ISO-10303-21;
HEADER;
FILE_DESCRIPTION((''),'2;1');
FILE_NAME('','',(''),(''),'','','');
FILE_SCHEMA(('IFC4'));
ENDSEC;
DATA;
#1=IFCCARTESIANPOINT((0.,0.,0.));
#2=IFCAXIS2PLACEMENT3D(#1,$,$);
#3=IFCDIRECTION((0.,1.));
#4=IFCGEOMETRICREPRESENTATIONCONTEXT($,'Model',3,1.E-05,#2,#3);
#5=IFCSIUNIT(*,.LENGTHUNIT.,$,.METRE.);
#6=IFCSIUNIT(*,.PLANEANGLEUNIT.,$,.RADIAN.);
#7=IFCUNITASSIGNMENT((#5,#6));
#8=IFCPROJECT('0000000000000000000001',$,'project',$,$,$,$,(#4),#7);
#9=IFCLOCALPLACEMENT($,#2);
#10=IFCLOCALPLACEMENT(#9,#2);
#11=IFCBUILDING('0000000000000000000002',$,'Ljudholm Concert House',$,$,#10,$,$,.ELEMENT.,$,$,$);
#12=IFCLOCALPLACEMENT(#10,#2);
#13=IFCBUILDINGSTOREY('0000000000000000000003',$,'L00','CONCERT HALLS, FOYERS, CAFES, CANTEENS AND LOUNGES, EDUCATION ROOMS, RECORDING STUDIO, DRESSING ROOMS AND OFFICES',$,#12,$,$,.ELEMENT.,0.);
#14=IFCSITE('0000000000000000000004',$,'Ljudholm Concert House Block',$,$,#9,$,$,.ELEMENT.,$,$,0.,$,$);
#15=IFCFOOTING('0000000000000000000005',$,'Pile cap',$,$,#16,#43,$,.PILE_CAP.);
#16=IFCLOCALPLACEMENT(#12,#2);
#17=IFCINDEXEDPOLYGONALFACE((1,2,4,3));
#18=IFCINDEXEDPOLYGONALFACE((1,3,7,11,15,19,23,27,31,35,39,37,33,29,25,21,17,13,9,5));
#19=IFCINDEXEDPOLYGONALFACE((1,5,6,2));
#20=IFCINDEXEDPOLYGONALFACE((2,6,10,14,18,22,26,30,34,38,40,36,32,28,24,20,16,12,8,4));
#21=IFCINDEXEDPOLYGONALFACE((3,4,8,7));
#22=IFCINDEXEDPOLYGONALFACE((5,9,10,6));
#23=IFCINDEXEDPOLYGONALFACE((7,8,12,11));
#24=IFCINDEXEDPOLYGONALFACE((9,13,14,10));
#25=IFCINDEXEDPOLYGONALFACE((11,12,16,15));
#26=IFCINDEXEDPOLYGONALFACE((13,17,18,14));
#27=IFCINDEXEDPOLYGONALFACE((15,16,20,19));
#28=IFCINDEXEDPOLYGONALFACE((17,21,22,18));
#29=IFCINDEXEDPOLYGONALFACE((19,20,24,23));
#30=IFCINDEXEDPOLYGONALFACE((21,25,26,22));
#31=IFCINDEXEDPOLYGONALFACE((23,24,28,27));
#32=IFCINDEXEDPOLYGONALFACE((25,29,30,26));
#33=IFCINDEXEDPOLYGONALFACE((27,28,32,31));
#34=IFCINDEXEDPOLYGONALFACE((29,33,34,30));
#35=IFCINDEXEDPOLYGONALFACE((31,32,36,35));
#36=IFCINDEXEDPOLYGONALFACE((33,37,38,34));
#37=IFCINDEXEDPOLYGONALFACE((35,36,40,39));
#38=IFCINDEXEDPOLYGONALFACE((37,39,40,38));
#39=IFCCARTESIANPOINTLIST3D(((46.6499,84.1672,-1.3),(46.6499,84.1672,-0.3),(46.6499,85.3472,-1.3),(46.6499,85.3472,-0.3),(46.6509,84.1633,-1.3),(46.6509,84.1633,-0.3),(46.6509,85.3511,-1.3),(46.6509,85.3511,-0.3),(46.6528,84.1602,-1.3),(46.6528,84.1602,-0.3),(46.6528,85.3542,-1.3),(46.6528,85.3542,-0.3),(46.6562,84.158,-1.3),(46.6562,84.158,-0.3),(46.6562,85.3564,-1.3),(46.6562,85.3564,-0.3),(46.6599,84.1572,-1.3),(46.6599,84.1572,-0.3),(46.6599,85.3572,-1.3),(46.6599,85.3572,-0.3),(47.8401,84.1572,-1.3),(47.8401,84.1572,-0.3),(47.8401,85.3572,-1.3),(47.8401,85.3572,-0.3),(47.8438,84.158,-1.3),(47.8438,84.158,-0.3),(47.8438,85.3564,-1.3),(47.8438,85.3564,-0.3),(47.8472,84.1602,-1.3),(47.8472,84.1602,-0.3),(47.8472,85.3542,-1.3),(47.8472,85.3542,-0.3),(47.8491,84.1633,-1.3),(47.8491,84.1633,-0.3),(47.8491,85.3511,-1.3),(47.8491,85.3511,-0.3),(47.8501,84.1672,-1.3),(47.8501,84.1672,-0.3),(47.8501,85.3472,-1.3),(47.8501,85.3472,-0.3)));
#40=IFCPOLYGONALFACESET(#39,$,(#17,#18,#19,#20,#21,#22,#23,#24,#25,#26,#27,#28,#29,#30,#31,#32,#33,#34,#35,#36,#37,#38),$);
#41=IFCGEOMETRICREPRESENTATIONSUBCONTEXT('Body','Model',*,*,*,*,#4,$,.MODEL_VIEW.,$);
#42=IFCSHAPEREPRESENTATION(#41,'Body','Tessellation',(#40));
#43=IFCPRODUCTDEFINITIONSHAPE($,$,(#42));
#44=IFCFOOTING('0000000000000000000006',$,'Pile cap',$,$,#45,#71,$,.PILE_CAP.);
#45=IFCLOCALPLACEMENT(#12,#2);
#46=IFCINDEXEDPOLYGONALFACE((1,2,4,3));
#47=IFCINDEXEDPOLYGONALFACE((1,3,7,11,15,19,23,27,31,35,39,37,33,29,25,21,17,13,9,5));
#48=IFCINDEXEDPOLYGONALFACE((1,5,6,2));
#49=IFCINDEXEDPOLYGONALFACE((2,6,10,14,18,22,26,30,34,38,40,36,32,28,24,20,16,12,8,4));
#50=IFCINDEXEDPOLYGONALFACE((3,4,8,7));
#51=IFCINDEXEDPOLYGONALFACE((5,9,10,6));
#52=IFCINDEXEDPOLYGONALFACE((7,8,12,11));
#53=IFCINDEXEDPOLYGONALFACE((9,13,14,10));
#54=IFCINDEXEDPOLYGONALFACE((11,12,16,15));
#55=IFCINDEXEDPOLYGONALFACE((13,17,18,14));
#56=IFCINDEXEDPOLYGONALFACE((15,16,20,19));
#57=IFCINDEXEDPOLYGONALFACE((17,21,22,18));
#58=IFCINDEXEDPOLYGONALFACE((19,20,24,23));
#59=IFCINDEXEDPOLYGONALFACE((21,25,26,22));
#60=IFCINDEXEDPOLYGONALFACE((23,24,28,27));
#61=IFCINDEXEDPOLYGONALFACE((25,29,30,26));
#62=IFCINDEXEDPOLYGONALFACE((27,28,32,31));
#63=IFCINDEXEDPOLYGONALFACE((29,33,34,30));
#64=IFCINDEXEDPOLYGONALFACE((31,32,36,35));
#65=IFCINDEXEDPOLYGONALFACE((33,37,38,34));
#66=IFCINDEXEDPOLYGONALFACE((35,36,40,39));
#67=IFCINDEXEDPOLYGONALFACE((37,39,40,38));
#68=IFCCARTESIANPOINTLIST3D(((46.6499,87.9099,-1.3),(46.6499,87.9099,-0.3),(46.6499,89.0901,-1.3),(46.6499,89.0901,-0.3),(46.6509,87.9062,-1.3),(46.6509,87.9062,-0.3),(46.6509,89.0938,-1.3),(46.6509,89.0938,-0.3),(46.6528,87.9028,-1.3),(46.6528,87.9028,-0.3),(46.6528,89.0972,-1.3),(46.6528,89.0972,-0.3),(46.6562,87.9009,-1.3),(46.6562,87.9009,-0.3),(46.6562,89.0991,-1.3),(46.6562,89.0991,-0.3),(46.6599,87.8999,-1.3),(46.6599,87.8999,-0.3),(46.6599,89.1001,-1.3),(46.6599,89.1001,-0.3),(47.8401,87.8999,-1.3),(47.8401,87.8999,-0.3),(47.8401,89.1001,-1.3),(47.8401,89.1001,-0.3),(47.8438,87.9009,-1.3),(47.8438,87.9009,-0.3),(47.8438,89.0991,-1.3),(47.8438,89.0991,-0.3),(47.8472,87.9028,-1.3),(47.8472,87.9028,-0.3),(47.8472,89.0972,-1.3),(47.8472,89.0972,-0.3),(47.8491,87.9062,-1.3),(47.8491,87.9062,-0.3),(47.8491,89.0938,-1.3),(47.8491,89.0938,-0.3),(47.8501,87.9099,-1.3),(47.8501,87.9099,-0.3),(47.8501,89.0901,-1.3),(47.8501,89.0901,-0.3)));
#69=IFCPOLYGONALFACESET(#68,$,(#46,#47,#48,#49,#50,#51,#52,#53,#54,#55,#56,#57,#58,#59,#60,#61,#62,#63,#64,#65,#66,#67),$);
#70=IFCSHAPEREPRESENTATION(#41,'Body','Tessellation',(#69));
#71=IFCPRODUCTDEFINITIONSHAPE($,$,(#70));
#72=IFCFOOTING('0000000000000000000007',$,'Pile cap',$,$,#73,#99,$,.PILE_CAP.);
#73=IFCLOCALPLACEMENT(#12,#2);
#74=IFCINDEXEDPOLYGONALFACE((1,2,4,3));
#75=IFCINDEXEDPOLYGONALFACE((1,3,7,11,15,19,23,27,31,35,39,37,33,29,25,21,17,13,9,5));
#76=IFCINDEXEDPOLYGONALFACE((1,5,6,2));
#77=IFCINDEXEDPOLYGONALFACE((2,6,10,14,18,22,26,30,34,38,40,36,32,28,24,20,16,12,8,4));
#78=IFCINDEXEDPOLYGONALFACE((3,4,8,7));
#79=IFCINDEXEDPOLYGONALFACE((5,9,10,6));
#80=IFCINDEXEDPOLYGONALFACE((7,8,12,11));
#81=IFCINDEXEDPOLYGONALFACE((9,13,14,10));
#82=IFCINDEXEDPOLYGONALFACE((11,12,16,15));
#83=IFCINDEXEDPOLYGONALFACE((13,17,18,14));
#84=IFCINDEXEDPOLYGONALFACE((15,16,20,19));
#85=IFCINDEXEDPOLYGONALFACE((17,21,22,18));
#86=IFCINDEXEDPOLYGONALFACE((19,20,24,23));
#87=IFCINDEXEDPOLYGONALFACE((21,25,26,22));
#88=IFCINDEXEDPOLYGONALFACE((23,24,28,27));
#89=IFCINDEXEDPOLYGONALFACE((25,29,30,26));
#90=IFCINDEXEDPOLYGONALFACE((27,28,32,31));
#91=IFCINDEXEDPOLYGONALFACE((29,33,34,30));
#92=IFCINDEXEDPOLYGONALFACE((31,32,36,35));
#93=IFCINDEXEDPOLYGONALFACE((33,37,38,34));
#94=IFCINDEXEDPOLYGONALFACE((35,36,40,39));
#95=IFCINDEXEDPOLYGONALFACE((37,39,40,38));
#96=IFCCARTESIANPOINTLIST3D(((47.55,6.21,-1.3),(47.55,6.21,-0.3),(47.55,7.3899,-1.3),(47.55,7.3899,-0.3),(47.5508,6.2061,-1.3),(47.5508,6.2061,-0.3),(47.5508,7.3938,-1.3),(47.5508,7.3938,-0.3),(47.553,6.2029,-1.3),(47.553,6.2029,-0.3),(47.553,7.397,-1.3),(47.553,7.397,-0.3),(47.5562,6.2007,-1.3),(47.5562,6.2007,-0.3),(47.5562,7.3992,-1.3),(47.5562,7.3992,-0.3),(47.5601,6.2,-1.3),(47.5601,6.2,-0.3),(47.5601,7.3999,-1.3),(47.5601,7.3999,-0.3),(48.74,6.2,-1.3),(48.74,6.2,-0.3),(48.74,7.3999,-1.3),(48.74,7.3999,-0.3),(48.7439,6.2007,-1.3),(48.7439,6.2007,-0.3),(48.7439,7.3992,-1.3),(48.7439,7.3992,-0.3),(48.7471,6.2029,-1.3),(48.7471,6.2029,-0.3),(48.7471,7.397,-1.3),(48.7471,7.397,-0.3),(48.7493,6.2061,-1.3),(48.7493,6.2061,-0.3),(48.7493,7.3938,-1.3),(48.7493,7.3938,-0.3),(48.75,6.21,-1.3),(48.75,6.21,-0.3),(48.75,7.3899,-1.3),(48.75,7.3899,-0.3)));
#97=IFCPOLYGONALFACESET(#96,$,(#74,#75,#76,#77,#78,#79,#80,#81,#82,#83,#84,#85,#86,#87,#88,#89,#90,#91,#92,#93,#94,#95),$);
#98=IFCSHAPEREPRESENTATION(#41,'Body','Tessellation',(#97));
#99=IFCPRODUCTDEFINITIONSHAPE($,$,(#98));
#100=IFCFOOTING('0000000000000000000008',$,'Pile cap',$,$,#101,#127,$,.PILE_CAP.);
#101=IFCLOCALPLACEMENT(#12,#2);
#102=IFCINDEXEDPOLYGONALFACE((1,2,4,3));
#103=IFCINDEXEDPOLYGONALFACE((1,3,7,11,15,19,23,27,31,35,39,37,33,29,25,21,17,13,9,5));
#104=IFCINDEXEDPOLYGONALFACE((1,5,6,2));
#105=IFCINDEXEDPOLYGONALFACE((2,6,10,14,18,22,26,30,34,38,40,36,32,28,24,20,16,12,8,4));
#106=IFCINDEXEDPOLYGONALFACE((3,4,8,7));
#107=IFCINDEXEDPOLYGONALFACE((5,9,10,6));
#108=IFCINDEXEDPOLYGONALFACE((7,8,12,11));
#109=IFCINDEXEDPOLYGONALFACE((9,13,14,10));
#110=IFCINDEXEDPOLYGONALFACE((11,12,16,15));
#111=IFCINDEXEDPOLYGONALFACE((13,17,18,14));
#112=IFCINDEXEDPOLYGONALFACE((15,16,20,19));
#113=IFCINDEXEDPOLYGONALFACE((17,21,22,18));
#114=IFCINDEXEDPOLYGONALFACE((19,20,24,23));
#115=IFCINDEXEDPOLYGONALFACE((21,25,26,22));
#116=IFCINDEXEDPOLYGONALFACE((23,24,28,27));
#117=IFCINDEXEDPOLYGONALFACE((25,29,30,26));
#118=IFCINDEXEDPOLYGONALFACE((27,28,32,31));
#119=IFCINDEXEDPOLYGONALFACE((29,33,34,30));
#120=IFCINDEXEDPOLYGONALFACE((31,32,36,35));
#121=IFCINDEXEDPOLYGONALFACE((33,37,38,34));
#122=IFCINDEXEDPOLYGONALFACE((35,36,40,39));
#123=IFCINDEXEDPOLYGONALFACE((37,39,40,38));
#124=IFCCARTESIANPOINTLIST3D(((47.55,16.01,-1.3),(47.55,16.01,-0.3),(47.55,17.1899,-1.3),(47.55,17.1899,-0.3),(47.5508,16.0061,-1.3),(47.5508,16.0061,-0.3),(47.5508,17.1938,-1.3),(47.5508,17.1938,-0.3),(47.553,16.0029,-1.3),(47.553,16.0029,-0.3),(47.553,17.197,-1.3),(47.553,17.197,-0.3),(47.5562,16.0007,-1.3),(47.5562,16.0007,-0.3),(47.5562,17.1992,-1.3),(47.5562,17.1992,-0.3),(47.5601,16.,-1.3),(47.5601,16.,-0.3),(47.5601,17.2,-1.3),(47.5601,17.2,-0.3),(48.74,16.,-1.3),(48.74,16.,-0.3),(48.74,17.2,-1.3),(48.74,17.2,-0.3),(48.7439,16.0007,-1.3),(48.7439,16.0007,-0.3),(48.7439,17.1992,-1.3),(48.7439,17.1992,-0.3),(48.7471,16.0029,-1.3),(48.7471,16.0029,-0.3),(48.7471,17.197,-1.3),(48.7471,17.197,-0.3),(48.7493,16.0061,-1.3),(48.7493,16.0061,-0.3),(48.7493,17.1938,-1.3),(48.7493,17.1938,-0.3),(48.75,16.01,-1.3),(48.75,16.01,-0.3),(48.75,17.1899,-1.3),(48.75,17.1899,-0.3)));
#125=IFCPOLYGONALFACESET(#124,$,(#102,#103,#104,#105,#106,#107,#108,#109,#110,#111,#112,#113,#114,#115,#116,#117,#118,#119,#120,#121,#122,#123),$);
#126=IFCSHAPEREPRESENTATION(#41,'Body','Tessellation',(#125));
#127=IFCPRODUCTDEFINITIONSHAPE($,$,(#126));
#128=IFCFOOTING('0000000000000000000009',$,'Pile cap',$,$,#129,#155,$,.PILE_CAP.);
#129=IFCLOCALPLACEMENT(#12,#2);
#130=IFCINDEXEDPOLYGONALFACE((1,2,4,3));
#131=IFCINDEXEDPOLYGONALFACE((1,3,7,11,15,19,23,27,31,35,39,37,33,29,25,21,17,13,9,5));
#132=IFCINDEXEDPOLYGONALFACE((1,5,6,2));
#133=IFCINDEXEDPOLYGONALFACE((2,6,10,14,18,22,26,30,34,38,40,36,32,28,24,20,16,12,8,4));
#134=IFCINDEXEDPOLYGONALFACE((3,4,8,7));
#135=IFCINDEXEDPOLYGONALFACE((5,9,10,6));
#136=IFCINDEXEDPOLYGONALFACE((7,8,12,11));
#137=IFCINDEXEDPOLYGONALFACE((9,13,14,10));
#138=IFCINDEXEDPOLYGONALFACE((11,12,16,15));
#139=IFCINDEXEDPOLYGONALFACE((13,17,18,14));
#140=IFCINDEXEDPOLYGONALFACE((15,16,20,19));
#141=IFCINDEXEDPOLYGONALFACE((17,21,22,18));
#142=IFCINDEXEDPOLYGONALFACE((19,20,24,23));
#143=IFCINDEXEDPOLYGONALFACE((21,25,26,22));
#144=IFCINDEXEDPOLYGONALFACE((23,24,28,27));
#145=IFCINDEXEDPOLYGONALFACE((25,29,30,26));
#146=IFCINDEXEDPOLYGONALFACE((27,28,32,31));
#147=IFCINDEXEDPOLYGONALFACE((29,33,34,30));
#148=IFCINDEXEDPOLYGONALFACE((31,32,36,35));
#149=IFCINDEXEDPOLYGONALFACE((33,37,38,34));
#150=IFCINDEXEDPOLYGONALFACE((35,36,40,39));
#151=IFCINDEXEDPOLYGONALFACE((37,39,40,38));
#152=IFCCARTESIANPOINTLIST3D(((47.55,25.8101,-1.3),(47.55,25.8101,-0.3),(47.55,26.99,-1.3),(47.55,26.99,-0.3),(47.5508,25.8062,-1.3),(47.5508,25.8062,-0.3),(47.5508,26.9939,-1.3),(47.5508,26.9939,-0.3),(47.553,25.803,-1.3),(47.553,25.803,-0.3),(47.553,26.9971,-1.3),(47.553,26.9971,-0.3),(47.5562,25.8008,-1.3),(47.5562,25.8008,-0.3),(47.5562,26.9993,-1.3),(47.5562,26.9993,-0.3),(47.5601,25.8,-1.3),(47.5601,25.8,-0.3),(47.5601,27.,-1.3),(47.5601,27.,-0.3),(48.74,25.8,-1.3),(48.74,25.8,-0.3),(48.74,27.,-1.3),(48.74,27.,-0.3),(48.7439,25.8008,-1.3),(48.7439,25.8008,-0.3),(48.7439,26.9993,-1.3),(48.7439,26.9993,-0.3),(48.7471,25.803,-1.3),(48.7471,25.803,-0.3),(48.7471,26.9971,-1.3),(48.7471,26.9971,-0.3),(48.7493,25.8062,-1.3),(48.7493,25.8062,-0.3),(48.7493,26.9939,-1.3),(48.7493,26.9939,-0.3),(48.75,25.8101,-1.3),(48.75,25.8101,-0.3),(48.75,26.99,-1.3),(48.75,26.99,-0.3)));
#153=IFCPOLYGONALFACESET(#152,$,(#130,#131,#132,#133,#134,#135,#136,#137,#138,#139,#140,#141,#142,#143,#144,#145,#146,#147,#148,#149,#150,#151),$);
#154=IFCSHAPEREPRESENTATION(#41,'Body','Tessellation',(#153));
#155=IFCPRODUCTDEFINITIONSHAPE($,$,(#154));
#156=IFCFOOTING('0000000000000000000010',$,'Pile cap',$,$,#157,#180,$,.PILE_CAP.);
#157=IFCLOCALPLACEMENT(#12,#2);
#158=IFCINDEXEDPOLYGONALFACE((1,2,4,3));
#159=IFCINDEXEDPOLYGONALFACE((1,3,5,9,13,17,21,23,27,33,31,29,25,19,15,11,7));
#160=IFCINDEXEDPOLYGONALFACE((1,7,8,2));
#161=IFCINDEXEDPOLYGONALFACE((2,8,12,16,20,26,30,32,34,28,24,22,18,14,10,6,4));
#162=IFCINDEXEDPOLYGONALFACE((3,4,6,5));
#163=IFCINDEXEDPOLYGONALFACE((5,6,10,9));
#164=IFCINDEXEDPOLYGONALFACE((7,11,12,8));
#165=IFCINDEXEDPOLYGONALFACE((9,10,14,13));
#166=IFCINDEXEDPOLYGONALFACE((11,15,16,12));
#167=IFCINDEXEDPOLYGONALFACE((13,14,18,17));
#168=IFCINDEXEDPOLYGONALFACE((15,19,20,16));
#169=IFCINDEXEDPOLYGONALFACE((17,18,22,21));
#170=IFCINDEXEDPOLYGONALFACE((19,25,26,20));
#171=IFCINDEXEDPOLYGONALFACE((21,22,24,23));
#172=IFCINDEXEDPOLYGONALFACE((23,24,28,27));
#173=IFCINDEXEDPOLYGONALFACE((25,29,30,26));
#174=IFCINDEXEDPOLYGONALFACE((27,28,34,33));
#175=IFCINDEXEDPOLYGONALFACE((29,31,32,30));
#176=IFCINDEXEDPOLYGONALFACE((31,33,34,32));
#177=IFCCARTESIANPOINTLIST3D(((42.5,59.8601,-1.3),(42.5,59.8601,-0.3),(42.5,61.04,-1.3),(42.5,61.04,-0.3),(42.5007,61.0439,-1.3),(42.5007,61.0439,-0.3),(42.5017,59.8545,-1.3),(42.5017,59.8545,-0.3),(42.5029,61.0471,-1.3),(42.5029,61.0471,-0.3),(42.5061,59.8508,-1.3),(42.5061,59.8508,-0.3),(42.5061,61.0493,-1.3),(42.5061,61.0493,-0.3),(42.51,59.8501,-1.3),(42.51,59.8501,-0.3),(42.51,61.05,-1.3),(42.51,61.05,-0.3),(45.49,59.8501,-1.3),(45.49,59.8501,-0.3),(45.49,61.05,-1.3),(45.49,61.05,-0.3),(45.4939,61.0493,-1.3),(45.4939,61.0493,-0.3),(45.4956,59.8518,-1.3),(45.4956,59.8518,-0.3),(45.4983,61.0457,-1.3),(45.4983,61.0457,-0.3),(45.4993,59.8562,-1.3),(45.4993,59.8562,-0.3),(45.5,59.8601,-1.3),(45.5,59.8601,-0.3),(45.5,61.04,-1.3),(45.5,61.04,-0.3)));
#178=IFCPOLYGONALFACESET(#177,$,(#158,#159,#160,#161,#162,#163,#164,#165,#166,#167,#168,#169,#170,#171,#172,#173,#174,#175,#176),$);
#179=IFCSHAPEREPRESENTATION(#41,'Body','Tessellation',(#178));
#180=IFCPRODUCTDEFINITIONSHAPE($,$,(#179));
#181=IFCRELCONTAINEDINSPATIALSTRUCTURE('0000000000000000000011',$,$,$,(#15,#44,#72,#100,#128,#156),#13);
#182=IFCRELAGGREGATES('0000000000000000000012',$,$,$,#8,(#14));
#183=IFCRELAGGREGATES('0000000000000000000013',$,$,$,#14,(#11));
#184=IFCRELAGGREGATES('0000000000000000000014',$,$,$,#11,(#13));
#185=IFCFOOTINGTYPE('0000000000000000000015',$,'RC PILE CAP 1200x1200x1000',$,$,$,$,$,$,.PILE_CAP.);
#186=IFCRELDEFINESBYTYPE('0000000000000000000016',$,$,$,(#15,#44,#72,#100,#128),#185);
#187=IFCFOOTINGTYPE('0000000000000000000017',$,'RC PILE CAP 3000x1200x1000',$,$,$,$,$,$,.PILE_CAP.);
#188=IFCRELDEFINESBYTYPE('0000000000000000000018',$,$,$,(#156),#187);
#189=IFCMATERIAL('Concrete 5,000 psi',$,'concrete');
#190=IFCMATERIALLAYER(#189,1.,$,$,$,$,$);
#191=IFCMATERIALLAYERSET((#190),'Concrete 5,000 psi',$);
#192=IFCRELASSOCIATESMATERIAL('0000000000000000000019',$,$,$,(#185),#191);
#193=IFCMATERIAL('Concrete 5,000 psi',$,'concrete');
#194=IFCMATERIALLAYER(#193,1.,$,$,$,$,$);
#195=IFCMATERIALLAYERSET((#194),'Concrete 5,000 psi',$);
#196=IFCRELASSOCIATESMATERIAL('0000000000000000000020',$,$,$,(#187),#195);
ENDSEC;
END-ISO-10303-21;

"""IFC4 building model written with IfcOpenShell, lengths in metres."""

from ifc_helpers import new_model, si_unit, direction, frame, origin, place, context, subcontext, project, spatial, polyline, outline, extrude, material, layer, layer_set, type_object, element, save


model = new_model("IFC4")

# Units and contexts
model_context = context("Model", 3, precision=1e-05, world=origin(), true_north=direction((0.0, 1.0)))
body_context = subcontext(model_context, "Body", "Model", "MODEL_VIEW")
ifc_project = project(units=[si_unit("LENGTHUNIT", "METRE"), si_unit("PLANEANGLEUNIT", "RADIAN")], contexts=[model_context])

# Site, building, storey
site_placement = place(None, origin())
site = spatial("IfcSite", under=ifc_project, at=site_placement, Name="Ljudholm Concert House Block", CompositionType="ELEMENT", RefElevation=0.0)
building_placement = place(site_placement, origin())
building = spatial("IfcBuilding", under=site, at=building_placement, Name="Ljudholm Concert House", CompositionType="ELEMENT")
storey_placement = place(building_placement, origin())
storey = spatial("IfcBuildingStorey", under=building, at=storey_placement, Name="L00", Description="CONCERT HALLS, FOYERS, CAFES, CANTEENS AND LOUNGES, EDUCATION ROOMS, RECORDING STUDIO, DRESSING ROOMS AND OFFICES", CompositionType="ELEMENT", Elevation=0.0)

# Footings
ifc_material_1 = material(Name="Concrete 5,000 psi", Category="concrete")
ifc_layer_1 = layer(ifc_material_1, 1.0)
ifc_layer_set_1 = layer_set([ifc_layer_1], Name="Concrete 5,000 psi")
footing_type_1 = type_object("IfcFootingType", Name="RC PILE CAP 1200x1200x1000", PredefinedType="PILE_CAP", material=ifc_layer_set_1)
footing_1_placement = place(storey_placement, frame((0.0, 0.0, -1.3)))
element("IfcFooting", 1, at=footing_1_placement, inside=storey, type_object=footing_type_1, Name="Pile cap", PredefinedType="PILE_CAP", context=body_context, shape_type="SweptSolid", body=[
    extrude(outline(polyline([(46.6599, 84.1572), (47.8401, 84.1572), (47.8438, 84.158), (47.8472, 84.1602), (47.8491, 84.1633), (47.8501, 84.1672), (47.8501, 85.3472), (47.8491, 85.3511), (47.8472, 85.3542), (47.8438, 85.3564), (47.8401, 85.3572), (46.6599, 85.3572), (46.6562, 85.3564), (46.6528, 85.3542), (46.6509, 85.3511), (46.6499, 85.3472), (46.6499, 84.1672), (46.6509, 84.1633), (46.6528, 84.1602), (46.6562, 84.158), (46.6599, 84.1572)])), origin(), (0.0, 0.0, 1.0), 1.0),
])
footing_2_placement = place(storey_placement, frame((0.0, 0.0, -1.3)))
element("IfcFooting", 2, at=footing_2_placement, inside=storey, type_object=footing_type_1, Name="Pile cap", PredefinedType="PILE_CAP", context=body_context, shape_type="SweptSolid", body=[
    extrude(outline(polyline([(46.6599, 87.8999), (47.8401, 87.8999), (47.8438, 87.9009), (47.8472, 87.9028), (47.8491, 87.9062), (47.8501, 87.9099), (47.8501, 89.0901), (47.8491, 89.0938), (47.8472, 89.0972), (47.8438, 89.0991), (47.8401, 89.1001), (46.6599, 89.1001), (46.6562, 89.0991), (46.6528, 89.0972), (46.6509, 89.0938), (46.6499, 89.0901), (46.6499, 87.9099), (46.6509, 87.9062), (46.6528, 87.9028), (46.6562, 87.9009), (46.6599, 87.8999)])), origin(), (0.0, 0.0, 1.0), 1.0),
])
footing_3_placement = place(storey_placement, frame((0.0, 0.0, -1.3)))
element("IfcFooting", 3, at=footing_3_placement, inside=storey, type_object=footing_type_1, Name="Pile cap", PredefinedType="PILE_CAP", context=body_context, shape_type="SweptSolid", body=[
    extrude(outline(polyline([(47.5601, 6.2), (48.74, 6.2), (48.7439, 6.2007), (48.7471, 6.2029), (48.7493, 6.2061), (48.75, 6.21), (48.75, 7.3899), (48.7493, 7.3938), (48.7471, 7.397), (48.7439, 7.3992), (48.74, 7.3999), (47.5601, 7.3999), (47.5562, 7.3992), (47.553, 7.397), (47.5508, 7.3938), (47.55, 7.3899), (47.55, 6.21), (47.5508, 6.2061), (47.553, 6.2029), (47.5562, 6.2007), (47.5601, 6.2)])), origin(), (0.0, 0.0, 1.0), 1.0),
])
footing_4_placement = place(storey_placement, frame((0.0, 0.0, -1.3)))
element("IfcFooting", 4, at=footing_4_placement, inside=storey, type_object=footing_type_1, Name="Pile cap", PredefinedType="PILE_CAP", context=body_context, shape_type="SweptSolid", body=[
    extrude(outline(polyline([(47.55, 17.1899), (47.55, 16.01), (47.5508, 16.0061), (47.553, 16.0029), (47.5562, 16.0007), (47.5601, 16.0), (48.74, 16.0), (48.7439, 16.0007), (48.7471, 16.0029), (48.7493, 16.0061), (48.75, 16.01), (48.75, 17.1899), (48.7493, 17.1938), (48.7471, 17.197), (48.7439, 17.1992), (48.74, 17.2), (47.5601, 17.2), (47.5562, 17.1992), (47.553, 17.197), (47.5508, 17.1938), (47.55, 17.1899)])), origin(), (0.0, 0.0, 1.0), 1.0),
])
footing_5_placement = place(storey_placement, frame((0.0, 0.0, -1.3)))
element("IfcFooting", 5, at=footing_5_placement, inside=storey, type_object=footing_type_1, Name="Pile cap", PredefinedType="PILE_CAP", context=body_context, shape_type="SweptSolid", body=[
    extrude(outline(polyline([(47.55, 26.99), (47.55, 25.8101), (47.5508, 25.8062), (47.553, 25.803), (47.5562, 25.8008), (47.5601, 25.8), (48.74, 25.8), (48.7439, 25.8008), (48.7471, 25.803), (48.7493, 25.8062), (48.75, 25.8101), (48.75, 26.99), (48.7493, 26.9939), (48.7471, 26.9971), (48.7439, 26.9993), (48.74, 27.0), (47.5601, 27.0), (47.5562, 26.9993), (47.553, 26.9971), (47.5508, 26.9939), (47.55, 26.99)])), origin(), (0.0, 0.0, 1.0), 1.0),
])
ifc_material_2 = material(Name="Concrete 5,000 psi", Category="concrete")
ifc_layer_2 = layer(ifc_material_2, 1.0)
ifc_layer_set_2 = layer_set([ifc_layer_2], Name="Concrete 5,000 psi")
footing_type_2 = type_object("IfcFootingType", Name="RC PILE CAP 3000x1200x1000", PredefinedType="PILE_CAP", material=ifc_layer_set_2)
footing_6_placement = place(storey_placement, frame((0.0, 0.0, -1.3)))
element("IfcFooting", 6, at=footing_6_placement, inside=storey, type_object=footing_type_2, Name="Pile cap", PredefinedType="PILE_CAP", context=body_context, shape_type="SweptSolid", body=[
    extrude(outline(polyline([(42.5, 61.04), (42.5, 59.8601), (42.5017, 59.8545), (42.5061, 59.8508), (42.51, 59.8501), (45.49, 59.8501), (45.4956, 59.8518), (45.4993, 59.8562), (45.5, 59.8601), (45.5, 61.04), (45.4983, 61.0457), (45.4939, 61.0493), (45.49, 61.05), (42.51, 61.05), (42.5061, 61.0493), (42.5029, 61.0471), (42.5007, 61.0439), (42.5, 61.04)])), origin(), (0.0, 0.0, 1.0), 1.0),
])

save(model, "model.ifc")
